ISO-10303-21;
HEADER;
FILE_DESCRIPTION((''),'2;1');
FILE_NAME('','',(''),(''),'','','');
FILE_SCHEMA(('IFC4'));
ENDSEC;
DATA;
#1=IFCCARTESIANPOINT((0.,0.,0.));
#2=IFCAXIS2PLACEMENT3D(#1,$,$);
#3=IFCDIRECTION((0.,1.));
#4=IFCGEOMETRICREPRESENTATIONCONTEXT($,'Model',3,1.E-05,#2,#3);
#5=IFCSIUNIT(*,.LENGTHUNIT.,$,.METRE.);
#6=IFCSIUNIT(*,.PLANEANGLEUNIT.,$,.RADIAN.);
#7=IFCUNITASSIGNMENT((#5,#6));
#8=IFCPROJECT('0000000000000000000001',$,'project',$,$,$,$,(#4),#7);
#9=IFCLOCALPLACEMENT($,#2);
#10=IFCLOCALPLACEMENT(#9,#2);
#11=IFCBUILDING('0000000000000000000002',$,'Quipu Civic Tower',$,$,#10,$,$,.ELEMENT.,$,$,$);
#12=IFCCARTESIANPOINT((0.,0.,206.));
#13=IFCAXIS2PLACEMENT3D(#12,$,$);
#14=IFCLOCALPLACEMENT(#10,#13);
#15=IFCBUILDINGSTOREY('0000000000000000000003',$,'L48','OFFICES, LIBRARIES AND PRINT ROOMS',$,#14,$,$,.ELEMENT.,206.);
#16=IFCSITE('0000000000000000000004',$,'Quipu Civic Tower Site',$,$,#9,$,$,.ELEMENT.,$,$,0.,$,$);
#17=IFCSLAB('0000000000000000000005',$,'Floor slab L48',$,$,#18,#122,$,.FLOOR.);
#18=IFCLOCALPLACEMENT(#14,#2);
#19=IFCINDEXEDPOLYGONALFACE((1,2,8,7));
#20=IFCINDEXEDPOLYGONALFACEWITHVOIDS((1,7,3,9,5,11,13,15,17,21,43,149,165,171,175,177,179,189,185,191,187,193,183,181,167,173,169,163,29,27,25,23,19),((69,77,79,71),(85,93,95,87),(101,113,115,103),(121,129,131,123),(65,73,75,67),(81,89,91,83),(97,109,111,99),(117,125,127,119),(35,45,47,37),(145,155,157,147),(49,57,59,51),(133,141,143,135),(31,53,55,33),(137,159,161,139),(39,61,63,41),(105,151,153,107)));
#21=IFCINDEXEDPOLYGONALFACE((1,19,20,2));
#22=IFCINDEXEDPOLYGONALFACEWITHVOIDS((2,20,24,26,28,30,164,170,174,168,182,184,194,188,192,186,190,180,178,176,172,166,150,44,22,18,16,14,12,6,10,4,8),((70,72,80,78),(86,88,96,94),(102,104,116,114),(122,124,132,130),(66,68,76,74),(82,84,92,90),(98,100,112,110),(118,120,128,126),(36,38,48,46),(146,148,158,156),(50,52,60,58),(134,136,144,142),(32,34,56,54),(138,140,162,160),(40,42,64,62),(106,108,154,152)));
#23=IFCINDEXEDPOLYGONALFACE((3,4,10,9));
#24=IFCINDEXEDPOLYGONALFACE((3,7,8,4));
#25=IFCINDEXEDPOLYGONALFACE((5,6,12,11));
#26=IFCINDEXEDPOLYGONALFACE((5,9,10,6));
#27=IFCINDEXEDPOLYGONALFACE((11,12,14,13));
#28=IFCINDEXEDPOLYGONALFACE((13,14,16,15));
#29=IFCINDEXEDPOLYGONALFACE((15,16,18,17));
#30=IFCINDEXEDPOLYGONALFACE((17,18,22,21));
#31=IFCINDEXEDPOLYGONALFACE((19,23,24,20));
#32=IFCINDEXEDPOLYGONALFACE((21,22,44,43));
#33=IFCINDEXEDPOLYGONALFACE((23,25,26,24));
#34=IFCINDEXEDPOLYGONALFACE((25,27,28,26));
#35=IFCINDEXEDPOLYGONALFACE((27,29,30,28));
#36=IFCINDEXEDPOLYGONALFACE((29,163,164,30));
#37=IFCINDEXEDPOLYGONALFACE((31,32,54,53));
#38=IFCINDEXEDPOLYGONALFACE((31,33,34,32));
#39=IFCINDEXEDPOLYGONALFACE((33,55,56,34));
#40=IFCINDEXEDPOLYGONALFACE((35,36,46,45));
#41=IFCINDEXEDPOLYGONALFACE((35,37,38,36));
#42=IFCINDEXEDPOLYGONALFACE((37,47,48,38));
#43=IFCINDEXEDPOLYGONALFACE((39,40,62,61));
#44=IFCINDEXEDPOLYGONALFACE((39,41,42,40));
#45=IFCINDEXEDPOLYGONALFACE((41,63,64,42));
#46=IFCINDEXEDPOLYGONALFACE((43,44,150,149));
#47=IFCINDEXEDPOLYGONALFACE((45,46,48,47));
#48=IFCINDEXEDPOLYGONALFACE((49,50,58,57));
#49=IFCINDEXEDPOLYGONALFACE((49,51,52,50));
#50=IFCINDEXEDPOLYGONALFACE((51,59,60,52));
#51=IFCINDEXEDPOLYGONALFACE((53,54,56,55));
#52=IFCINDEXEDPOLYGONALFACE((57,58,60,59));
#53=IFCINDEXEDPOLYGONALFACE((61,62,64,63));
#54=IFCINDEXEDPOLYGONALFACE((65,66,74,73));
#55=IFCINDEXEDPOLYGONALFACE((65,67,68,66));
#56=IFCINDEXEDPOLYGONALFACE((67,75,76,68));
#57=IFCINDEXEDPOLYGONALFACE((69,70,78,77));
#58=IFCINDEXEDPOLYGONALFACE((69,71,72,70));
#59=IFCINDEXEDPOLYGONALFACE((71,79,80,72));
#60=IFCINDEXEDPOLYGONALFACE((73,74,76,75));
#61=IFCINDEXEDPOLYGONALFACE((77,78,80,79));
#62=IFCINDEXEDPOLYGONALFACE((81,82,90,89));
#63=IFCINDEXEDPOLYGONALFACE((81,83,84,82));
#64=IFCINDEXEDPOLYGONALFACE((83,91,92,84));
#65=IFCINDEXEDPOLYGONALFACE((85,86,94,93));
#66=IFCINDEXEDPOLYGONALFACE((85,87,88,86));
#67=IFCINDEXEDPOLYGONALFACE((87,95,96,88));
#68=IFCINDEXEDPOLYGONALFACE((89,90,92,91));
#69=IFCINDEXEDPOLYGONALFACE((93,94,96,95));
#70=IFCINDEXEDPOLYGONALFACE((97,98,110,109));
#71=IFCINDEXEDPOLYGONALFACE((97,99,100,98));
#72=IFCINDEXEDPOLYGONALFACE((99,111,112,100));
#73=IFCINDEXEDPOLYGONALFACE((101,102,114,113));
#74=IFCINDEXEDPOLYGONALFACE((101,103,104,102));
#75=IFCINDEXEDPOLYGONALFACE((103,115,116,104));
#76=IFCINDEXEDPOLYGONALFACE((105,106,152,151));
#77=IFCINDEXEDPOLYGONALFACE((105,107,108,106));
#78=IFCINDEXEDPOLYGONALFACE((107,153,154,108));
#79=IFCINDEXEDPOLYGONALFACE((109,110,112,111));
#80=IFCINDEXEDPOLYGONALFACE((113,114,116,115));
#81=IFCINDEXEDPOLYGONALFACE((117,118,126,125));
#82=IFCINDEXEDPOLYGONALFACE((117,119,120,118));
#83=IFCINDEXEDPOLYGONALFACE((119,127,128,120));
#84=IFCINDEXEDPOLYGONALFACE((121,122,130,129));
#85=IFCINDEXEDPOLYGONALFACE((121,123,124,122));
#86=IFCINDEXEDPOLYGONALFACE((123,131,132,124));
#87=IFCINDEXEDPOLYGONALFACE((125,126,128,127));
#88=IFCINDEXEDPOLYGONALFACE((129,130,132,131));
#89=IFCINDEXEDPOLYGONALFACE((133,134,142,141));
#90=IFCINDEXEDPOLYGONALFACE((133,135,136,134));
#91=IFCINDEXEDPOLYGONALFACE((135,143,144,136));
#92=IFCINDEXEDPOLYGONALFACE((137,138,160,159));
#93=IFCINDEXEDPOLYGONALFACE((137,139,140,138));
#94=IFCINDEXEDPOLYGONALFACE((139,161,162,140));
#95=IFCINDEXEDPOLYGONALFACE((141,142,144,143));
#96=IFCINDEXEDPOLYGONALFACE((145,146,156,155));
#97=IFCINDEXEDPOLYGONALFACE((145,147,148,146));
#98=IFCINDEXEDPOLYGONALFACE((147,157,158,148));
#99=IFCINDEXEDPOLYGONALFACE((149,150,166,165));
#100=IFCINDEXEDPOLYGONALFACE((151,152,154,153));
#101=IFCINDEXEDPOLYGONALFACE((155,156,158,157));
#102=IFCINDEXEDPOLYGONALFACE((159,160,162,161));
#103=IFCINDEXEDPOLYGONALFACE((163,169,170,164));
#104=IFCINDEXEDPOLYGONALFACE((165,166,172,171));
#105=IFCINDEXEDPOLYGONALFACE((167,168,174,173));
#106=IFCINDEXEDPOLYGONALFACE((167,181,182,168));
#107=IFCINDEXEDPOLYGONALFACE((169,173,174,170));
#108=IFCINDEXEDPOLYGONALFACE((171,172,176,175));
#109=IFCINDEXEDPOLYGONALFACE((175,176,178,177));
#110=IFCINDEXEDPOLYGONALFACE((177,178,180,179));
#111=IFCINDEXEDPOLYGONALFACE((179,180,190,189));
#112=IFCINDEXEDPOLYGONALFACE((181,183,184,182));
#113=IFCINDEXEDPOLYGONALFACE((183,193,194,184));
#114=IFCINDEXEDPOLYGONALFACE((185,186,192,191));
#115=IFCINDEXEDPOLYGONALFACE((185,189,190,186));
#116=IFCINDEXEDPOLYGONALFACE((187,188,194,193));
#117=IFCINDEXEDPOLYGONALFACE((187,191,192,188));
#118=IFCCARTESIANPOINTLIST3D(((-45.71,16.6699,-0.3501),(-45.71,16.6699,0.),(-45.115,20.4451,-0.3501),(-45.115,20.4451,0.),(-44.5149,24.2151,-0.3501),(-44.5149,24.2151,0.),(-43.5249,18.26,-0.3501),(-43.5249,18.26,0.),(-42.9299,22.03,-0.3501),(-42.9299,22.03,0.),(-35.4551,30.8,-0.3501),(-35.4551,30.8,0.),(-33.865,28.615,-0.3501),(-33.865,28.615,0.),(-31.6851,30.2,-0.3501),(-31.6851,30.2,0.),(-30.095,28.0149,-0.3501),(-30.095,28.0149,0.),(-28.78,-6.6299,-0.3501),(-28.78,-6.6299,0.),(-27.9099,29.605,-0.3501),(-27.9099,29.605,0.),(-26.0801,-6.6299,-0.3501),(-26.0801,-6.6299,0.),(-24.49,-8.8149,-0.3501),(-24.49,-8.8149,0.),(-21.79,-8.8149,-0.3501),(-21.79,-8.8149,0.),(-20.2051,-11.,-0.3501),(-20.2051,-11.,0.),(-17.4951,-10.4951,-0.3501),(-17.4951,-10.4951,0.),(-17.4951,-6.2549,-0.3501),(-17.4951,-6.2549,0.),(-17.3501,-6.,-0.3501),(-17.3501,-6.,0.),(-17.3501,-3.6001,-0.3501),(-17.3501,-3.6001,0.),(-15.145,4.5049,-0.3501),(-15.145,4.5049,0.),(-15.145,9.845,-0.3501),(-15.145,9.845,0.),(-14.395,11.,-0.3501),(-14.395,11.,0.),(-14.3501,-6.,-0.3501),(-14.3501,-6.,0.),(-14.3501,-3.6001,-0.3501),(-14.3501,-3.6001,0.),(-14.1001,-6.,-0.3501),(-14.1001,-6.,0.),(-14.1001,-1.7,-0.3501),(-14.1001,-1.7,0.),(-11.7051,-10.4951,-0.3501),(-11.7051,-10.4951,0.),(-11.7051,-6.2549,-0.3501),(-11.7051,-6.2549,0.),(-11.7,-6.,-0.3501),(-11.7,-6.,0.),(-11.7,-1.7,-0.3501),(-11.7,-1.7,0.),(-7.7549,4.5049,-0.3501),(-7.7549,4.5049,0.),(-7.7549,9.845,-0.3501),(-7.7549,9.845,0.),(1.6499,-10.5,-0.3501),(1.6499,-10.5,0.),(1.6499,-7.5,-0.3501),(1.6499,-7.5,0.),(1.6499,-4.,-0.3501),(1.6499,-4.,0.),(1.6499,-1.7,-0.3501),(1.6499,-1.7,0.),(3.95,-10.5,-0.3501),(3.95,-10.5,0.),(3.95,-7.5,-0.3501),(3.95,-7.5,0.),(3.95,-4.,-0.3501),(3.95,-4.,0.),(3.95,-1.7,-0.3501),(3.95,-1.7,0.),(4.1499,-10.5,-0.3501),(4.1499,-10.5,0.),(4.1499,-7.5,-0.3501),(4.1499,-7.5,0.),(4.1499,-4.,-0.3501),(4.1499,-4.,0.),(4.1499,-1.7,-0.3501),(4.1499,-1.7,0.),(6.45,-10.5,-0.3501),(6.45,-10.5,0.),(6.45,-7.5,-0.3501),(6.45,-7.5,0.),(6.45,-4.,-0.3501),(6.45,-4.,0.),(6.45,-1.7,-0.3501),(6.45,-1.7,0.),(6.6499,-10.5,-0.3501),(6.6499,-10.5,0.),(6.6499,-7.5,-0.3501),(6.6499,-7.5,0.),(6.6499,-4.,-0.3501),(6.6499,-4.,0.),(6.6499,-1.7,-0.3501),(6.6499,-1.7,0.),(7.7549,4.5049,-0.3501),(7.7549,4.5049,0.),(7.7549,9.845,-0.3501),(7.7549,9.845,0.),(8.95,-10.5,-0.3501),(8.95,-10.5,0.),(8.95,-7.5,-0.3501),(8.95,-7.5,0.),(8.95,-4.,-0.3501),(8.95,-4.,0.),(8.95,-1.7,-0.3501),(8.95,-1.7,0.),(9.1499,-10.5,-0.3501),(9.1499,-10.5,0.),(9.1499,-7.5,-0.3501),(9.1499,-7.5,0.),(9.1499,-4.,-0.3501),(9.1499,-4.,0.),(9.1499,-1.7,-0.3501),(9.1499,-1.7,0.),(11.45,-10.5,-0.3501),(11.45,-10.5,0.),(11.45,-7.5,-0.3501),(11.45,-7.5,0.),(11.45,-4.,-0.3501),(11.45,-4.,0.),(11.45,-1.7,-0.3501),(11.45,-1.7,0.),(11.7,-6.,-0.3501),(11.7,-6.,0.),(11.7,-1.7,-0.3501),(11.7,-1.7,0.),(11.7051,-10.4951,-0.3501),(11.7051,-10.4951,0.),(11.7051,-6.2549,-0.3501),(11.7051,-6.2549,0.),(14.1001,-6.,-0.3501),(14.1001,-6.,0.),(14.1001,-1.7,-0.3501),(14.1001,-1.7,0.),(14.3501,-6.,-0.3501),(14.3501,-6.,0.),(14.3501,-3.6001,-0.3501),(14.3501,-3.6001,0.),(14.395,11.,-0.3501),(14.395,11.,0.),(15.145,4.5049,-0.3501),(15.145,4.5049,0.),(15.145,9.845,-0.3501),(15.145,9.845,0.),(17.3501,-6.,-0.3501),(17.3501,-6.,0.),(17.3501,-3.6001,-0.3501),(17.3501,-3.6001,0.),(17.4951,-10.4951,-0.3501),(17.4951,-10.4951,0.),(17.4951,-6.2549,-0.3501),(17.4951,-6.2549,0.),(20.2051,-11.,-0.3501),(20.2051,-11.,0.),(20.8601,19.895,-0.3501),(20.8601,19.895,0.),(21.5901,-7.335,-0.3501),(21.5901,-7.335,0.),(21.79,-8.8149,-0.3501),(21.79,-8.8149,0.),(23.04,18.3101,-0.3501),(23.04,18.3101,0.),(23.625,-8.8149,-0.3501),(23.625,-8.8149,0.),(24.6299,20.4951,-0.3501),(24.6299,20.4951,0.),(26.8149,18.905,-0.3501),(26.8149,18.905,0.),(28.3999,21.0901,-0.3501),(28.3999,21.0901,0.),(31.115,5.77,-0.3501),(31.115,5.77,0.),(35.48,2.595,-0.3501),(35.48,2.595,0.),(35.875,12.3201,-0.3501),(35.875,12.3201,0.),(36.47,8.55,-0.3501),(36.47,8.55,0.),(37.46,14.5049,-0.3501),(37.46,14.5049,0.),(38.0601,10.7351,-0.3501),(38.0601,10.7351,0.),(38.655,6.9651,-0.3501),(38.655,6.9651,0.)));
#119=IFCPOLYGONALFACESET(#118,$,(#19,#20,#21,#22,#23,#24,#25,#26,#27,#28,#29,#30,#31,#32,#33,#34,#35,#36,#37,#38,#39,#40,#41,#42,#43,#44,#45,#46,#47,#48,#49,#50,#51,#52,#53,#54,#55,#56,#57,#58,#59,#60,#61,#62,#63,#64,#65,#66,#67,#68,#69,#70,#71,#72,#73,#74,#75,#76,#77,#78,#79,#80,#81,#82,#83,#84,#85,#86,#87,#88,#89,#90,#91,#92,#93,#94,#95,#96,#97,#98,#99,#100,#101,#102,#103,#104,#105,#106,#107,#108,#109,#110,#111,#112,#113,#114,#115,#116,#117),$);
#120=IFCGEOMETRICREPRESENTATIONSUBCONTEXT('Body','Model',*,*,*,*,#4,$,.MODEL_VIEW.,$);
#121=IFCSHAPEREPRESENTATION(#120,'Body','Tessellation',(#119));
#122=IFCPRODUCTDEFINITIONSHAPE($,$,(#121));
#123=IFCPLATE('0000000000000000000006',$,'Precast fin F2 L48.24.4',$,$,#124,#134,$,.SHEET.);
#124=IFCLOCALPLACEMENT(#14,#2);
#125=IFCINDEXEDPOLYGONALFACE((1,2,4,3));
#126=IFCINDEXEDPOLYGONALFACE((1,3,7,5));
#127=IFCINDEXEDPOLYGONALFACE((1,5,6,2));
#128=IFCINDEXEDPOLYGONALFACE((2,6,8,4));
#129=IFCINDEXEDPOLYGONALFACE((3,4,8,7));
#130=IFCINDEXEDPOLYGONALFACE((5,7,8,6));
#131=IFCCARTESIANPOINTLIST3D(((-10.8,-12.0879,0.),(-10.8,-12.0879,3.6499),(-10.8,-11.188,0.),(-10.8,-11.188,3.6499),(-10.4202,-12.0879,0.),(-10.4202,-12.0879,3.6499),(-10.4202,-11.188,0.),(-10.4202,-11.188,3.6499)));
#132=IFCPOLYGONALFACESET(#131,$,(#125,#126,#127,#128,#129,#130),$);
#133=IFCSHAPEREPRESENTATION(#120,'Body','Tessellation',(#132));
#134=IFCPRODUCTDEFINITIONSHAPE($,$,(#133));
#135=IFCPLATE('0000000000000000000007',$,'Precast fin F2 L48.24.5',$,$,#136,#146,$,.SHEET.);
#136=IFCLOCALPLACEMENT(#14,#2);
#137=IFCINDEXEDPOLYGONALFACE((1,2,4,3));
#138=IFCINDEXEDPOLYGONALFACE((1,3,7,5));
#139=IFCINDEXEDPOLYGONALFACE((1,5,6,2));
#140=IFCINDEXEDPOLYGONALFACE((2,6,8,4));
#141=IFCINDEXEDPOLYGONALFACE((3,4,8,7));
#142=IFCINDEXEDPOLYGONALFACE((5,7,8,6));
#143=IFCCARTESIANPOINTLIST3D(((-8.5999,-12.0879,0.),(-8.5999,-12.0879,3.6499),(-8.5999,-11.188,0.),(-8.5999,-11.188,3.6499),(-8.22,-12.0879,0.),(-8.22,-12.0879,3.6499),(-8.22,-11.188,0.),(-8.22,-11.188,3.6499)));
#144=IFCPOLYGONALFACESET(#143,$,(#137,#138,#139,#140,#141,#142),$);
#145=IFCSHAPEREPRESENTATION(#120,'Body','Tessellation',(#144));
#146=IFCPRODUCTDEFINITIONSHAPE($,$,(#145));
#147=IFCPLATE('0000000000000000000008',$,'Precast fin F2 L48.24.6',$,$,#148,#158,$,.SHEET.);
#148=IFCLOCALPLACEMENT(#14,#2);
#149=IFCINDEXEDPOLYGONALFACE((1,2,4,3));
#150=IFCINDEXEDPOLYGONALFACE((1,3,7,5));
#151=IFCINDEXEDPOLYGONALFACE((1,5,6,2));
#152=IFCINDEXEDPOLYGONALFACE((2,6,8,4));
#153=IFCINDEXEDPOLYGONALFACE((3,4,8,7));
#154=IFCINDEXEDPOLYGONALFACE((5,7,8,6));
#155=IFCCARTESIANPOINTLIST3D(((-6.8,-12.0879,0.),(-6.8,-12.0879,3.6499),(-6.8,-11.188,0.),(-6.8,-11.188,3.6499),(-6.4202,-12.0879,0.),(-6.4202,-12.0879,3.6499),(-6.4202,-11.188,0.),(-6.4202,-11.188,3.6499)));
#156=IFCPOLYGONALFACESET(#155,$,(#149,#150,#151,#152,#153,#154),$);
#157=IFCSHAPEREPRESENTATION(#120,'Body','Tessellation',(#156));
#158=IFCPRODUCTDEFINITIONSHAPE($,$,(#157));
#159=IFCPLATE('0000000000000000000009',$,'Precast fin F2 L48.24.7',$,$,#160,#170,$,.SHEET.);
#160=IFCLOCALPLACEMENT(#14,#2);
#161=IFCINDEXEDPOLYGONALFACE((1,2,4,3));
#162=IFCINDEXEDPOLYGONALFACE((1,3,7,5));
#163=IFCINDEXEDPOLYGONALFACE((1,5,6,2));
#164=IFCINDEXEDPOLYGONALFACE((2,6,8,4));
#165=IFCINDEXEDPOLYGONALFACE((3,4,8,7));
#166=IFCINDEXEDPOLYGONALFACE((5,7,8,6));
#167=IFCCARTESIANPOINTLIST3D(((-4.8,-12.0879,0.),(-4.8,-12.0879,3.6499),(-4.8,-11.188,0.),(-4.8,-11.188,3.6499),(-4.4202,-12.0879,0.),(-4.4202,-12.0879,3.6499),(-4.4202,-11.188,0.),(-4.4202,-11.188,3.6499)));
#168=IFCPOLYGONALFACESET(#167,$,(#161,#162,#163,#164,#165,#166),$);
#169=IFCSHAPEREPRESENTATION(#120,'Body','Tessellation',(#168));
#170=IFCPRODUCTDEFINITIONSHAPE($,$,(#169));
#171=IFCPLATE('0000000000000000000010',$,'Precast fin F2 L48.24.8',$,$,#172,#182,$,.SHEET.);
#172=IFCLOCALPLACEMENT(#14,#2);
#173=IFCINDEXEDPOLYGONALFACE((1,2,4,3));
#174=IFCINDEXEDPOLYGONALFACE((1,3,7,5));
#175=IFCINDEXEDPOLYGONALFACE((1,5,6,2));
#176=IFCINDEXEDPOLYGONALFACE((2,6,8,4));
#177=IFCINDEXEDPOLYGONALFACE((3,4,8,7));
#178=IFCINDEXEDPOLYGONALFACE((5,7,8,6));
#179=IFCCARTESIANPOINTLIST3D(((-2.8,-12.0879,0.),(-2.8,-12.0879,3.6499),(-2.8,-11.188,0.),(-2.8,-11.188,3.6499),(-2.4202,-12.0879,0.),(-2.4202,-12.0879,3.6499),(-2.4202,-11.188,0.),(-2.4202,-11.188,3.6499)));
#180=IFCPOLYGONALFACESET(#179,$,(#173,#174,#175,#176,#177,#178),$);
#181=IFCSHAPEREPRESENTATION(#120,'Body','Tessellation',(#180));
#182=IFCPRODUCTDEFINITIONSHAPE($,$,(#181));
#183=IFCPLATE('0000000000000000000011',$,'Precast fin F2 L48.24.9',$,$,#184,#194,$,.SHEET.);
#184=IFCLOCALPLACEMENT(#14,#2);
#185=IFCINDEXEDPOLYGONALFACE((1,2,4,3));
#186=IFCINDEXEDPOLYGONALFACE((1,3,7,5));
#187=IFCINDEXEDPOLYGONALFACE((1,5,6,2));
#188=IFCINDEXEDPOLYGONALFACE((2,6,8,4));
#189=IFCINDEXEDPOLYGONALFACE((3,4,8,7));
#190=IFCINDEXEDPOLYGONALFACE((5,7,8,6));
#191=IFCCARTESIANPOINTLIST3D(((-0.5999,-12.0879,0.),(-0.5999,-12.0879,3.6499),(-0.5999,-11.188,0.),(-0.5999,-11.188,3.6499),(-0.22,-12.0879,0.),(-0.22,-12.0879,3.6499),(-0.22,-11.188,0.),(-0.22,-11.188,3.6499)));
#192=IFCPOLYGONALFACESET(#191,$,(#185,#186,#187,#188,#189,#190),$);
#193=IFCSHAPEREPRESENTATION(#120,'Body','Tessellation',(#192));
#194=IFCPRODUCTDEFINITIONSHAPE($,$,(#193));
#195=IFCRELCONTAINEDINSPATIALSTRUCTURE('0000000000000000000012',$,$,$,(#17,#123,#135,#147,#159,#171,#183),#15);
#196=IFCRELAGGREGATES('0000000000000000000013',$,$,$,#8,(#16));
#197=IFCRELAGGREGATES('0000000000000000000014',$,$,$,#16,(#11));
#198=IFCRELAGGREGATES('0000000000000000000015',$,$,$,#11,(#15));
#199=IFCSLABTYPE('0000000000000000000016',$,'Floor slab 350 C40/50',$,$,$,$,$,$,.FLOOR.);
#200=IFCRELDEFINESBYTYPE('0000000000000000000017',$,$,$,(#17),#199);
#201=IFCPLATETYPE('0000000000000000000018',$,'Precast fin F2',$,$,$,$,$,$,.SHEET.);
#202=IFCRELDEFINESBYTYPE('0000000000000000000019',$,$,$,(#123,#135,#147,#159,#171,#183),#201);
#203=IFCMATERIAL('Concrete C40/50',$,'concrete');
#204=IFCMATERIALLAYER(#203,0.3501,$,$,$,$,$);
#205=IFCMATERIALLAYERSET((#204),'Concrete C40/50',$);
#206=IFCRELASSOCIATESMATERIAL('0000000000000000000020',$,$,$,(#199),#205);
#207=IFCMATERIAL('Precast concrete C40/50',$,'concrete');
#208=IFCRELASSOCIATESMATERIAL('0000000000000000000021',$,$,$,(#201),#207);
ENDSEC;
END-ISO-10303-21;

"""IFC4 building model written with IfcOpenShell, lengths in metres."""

from ifc_helpers import new_model, si_unit, direction, frame, origin, origin_2d, place, context, subcontext, project, spatial, polyline, rectangle, outline, extrude, material, layer, layer_set, type_object, element, save


model = new_model("IFC4")

# Units and contexts
model_context = context("Model", 3, precision=1e-05, world=origin(), true_north=direction((0.0, 1.0)))
body_context = subcontext(model_context, "Body", "Model", "MODEL_VIEW")
ifc_project = project(units=[si_unit("LENGTHUNIT", "METRE"), si_unit("PLANEANGLEUNIT", "RADIAN")], contexts=[model_context])

# Site, building, storey
site_placement = place(None, origin())
site = spatial("IfcSite", under=ifc_project, at=site_placement, Name="Quipu Civic Tower Site", CompositionType="ELEMENT", RefElevation=0.0)
building_placement = place(site_placement, origin())
building = spatial("IfcBuilding", under=site, at=building_placement, Name="Quipu Civic Tower", CompositionType="ELEMENT")
storey_placement = place(building_placement, frame((0.0, 0.0, 206.0)))
storey = spatial("IfcBuildingStorey", under=building, at=storey_placement, Name="L48", Description="OFFICES, LIBRARIES AND PRINT ROOMS", CompositionType="ELEMENT", Elevation=206.0)

# Slab
ifc_material_1 = material(Name="Concrete C40/50", Category="concrete")
ifc_layer_1 = layer(ifc_material_1, 0.3501)
ifc_layer_set_1 = layer_set([ifc_layer_1], Name="Concrete C40/50")
slab_type_1 = type_object("IfcSlabType", Name="Floor slab 350 C40/50", PredefinedType="FLOOR", material=ifc_layer_set_1)
slab_1_placement = place(storey_placement, frame((0.0, 0.0, -0.3501)))
element("IfcSlab", 1, at=slab_1_placement, inside=storey, type_object=slab_type_1, Name="Floor slab L48", PredefinedType="FLOOR", context=body_context, shape_type="SweptSolid", body=[
    extrude(outline(polyline([(-20.2051, -11.0), (-21.79, -8.8149), (-24.49, -8.8149), (-26.0801, -6.6299), (-28.78, -6.6299), (-45.71, 16.6699), (-43.5249, 18.26), (-45.115, 20.4451), (-42.9299, 22.03), (-44.5149, 24.2151), (-35.4551, 30.8), (-33.865, 28.615), (-31.6851, 30.2), (-30.095, 28.0149), (-27.9099, 29.605), (-14.395, 11.0), (14.395, 11.0), (20.8601, 19.895), (23.04, 18.3101), (24.6299, 20.4951), (26.8149, 18.905), (28.3999, 21.0901), (37.46, 14.5049), (35.875, 12.3201), (38.0601, 10.7351), (36.47, 8.55), (38.655, 6.9651), (35.48, 2.595), (31.115, 5.77), (21.5901, -7.335), (23.625, -8.8149), (21.79, -8.8149), (20.2051, -11.0), (-20.2051, -11.0)]), holes=[polyline([(1.6499, -7.5), (1.6499, -10.5), (3.95, -10.5), (3.95, -7.5), (1.6499, -7.5)]), polyline([(4.1499, -7.5), (4.1499, -10.5), (6.45, -10.5), (6.45, -7.5), (4.1499, -7.5)]), polyline([(-11.7051, -6.2549), (-17.4951, -6.2549), (-17.4951, -10.4951), (-11.7051, -10.4951), (-11.7051, -6.2549)]), polyline([(-17.3501, -3.6001), (-17.3501, -6.0), (-14.3501, -6.0), (-14.3501, -3.6001), (-17.3501, -3.6001)]), polyline([(-14.1001, -1.7), (-14.1001, -6.0), (-11.7, -6.0), (-11.7, -1.7), (-14.1001, -1.7)]), polyline([(1.6499, -1.7), (1.6499, -4.0), (3.95, -4.0), (3.95, -1.7), (1.6499, -1.7)]), polyline([(4.1499, -1.7), (4.1499, -4.0), (6.45, -4.0), (6.45, -1.7), (4.1499, -1.7)]), polyline([(-7.7549, 9.845), (-15.145, 9.845), (-15.145, 4.5049), (-7.7549, 4.5049), (-7.7549, 9.845)]), polyline([(6.6499, -7.5), (6.6499, -10.5), (8.95, -10.5), (8.95, -7.5), (6.6499, -7.5)]), polyline([(9.1499, -7.5), (9.1499, -10.5), (11.45, -10.5), (11.45, -7.5), (9.1499, -7.5)]), polyline([(11.7051, -10.4951), (17.4951, -10.4951), (17.4951, -6.2549), (11.7051, -6.2549), (11.7051, -10.4951)]), polyline([(14.3501, -3.6001), (14.3501, -6.0), (17.3501, -6.0), (17.3501, -3.6001), (14.3501, -3.6001)]), polyline([(11.7, -1.7), (11.7, -6.0), (14.1001, -6.0), (14.1001, -1.7), (11.7, -1.7)]), polyline([(6.6499, -1.7), (6.6499, -4.0), (8.95, -4.0), (8.95, -1.7), (6.6499, -1.7)]), polyline([(9.1499, -1.7), (9.1499, -4.0), (11.45, -4.0), (11.45, -1.7), (9.1499, -1.7)]), polyline([(7.7549, 4.5049), (15.145, 4.5049), (15.145, 9.845), (7.7549, 9.845), (7.7549, 4.5049)])]), origin(), (0.0, 0.0, 1.0), 0.3501),
])

# Plates
ifc_material_2 = material(Name="Precast concrete C40/50", Category="concrete")
plate_type = type_object("IfcPlateType", Name="Precast fin F2", PredefinedType="SHEET", material=ifc_material_2)
for number, where, z_axis, x_axis, name in (
    (2, (-10.6101, -11.6379, 0.0), (0.0, 0.0, 1.0), (1.0, 0.0, 0.0), "Precast fin F2 L48.24.4"),
    (3, (-8.4099, -11.6379, 0.0), (0.0, 0.0, 1.0), (1.0, 0.0, 0.0), "Precast fin F2 L48.24.5"),
    (4, (-6.6101, -11.6379, 0.0), (0.0, 0.0, 1.0), (1.0, 0.0, 0.0), "Precast fin F2 L48.24.6"),
    (5, (-4.6101, -11.6379, 0.0), (0.0, 0.0, 1.0), (1.0, 0.0, 0.0), "Precast fin F2 L48.24.7"),
    (6, (-2.6101, -11.6379, 0.0), (0.0, 0.0, 1.0), (1.0, 0.0, 0.0), "Precast fin F2 L48.24.8"),
    (7, (-0.4099, -11.6379, 0.0), (0.0, 0.0, 1.0), (1.0, 0.0, 0.0), "Precast fin F2 L48.24.9"),
):
    element("IfcPlate", number, at=place(storey_placement, frame(where, z_axis=z_axis, x_axis=x_axis)), inside=storey, type_object=plate_type, Name=name, PredefinedType="SHEET", context=body_context, shape_type="SweptSolid", body=[
        extrude(rectangle(XDim=0.3799, YDim=0.8999, at=origin_2d()), origin(), (0.0, 0.0, 1.0), 3.6499),
    ])

save(model, "model.ifc")
